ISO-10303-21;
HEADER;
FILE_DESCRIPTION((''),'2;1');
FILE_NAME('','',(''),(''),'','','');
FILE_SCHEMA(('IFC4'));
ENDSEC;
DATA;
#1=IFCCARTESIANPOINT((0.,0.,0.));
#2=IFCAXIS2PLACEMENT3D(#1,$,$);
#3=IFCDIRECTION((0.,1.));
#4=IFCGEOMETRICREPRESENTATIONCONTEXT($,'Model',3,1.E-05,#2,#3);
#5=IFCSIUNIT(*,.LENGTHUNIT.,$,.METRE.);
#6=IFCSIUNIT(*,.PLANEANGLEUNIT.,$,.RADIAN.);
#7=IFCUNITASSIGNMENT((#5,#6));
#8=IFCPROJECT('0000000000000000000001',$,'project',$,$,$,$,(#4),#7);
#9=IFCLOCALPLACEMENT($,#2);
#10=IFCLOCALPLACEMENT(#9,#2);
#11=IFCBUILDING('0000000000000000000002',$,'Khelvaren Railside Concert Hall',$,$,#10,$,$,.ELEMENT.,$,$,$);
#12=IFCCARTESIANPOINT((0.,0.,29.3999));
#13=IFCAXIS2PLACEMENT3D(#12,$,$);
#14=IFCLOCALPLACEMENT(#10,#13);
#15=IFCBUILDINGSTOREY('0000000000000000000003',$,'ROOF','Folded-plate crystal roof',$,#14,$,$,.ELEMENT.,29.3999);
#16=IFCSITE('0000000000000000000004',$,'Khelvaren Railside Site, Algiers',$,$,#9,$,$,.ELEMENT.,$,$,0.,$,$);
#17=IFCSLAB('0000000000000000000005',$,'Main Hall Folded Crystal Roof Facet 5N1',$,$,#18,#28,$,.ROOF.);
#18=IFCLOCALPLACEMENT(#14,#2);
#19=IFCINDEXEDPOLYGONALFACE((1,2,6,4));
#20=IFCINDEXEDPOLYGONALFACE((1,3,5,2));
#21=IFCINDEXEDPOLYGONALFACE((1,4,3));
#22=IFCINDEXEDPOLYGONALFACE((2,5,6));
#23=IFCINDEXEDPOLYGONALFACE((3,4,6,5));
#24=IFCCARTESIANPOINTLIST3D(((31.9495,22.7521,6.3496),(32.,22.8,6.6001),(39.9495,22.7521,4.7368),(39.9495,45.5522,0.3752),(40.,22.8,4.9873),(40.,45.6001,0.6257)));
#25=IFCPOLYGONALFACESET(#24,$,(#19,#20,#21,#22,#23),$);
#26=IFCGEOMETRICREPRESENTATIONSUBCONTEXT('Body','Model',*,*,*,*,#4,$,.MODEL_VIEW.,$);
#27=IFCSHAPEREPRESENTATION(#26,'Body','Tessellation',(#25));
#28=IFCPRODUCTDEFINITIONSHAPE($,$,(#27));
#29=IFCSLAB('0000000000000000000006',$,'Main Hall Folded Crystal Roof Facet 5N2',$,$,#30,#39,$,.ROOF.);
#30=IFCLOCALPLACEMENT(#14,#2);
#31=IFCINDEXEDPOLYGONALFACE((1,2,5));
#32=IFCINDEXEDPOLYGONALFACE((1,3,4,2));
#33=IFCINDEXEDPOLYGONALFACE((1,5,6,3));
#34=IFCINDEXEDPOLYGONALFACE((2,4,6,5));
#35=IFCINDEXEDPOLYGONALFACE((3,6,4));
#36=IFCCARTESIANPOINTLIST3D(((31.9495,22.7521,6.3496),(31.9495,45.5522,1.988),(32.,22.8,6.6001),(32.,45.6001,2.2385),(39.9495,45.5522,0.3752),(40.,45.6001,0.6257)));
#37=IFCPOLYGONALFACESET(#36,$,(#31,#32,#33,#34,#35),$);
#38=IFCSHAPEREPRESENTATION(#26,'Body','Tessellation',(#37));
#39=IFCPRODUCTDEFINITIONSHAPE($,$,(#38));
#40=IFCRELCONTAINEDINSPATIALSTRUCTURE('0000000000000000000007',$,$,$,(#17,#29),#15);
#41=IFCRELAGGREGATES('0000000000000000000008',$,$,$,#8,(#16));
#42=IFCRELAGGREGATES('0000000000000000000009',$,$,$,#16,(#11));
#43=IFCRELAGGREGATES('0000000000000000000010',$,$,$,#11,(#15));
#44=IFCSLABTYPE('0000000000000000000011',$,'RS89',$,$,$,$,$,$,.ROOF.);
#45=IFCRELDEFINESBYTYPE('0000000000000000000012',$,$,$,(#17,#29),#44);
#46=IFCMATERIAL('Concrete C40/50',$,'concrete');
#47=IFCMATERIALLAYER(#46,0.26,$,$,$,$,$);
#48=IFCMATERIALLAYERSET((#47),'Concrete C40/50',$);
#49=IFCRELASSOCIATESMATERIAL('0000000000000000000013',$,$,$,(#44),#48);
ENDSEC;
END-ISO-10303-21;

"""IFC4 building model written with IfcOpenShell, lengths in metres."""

from ifc_helpers import new_model, si_unit, direction, frame, origin, place, context, subcontext, project, spatial, polyline, outline, extrude, material, layer, layer_set, type_object, element, save


model = new_model("IFC4")

# Units and contexts
model_context = context("Model", 3, precision=1e-05, world=origin(), true_north=direction((0.0, 1.0)))
body_context = subcontext(model_context, "Body", "Model", "MODEL_VIEW")
ifc_project = project(units=[si_unit("LENGTHUNIT", "METRE"), si_unit("PLANEANGLEUNIT", "RADIAN")], contexts=[model_context])

# Site, building, storey
site_placement = place(None, origin())
site = spatial("IfcSite", under=ifc_project, at=site_placement, Name="Khelvaren Railside Site, Algiers", CompositionType="ELEMENT", RefElevation=0.0)
building_placement = place(site_placement, origin())
building = spatial("IfcBuilding", under=site, at=building_placement, Name="Khelvaren Railside Concert Hall", CompositionType="ELEMENT")
storey_placement = place(building_placement, frame((0.0, 0.0, 29.3999)))
storey = spatial("IfcBuildingStorey", under=building, at=storey_placement, Name="ROOF", Description="Folded-plate crystal roof", CompositionType="ELEMENT", Elevation=29.3999)

# Slabs
ifc_material_1 = material(Name="Concrete C40/50", Category="concrete")
ifc_layer_1 = layer(ifc_material_1, 0.26)
ifc_layer_set_1 = layer_set([ifc_layer_1], Name="Concrete C40/50")
slab_type = type_object("IfcSlabType", Name="RS89", PredefinedType="ROOF", material=ifc_layer_set_1)
slab_1_placement = place(storey_placement, frame((32.0, 22.8, 6.6001), z_axis=(0.194238, 0.184311, 0.963484), x_axis=(0.980278, 0.0, -0.197623)))
element("IfcSlab", 1, at=slab_1_placement, inside=storey, type_object=slab_type, Name="Main Hall Folded Crystal Roof Facet 5N1", PredefinedType="ROOF", context=body_context, shape_type="SweptSolid", body=[
    extrude(outline(polyline([(0.0, 0.0), (8.1609, 0.0), (9.0229, 23.1975), (0.0, 0.0)])), origin(), (0.0, 0.0, -1.0), 0.26),
])
slab_2_placement = place(storey_placement, frame((32.0, 22.8, 6.6001), z_axis=(0.194238, 0.184311, 0.963484), x_axis=(0.321408, 0.916015, -0.240026)))
element("IfcSlab", 2, at=slab_2_placement, inside=storey, type_object=slab_type, Name="Main Hall Folded Crystal Roof Facet 5N2", PredefinedType="ROOF", context=body_context, shape_type="SweptSolid", body=[
    extrude(outline(polyline([(0.0, 0.0), (24.8905, 0.0), (21.9321, 7.6059), (0.0, 0.0)])), origin(), (0.0, 0.0, -1.0), 0.26),
])

save(model, "model.ifc")
